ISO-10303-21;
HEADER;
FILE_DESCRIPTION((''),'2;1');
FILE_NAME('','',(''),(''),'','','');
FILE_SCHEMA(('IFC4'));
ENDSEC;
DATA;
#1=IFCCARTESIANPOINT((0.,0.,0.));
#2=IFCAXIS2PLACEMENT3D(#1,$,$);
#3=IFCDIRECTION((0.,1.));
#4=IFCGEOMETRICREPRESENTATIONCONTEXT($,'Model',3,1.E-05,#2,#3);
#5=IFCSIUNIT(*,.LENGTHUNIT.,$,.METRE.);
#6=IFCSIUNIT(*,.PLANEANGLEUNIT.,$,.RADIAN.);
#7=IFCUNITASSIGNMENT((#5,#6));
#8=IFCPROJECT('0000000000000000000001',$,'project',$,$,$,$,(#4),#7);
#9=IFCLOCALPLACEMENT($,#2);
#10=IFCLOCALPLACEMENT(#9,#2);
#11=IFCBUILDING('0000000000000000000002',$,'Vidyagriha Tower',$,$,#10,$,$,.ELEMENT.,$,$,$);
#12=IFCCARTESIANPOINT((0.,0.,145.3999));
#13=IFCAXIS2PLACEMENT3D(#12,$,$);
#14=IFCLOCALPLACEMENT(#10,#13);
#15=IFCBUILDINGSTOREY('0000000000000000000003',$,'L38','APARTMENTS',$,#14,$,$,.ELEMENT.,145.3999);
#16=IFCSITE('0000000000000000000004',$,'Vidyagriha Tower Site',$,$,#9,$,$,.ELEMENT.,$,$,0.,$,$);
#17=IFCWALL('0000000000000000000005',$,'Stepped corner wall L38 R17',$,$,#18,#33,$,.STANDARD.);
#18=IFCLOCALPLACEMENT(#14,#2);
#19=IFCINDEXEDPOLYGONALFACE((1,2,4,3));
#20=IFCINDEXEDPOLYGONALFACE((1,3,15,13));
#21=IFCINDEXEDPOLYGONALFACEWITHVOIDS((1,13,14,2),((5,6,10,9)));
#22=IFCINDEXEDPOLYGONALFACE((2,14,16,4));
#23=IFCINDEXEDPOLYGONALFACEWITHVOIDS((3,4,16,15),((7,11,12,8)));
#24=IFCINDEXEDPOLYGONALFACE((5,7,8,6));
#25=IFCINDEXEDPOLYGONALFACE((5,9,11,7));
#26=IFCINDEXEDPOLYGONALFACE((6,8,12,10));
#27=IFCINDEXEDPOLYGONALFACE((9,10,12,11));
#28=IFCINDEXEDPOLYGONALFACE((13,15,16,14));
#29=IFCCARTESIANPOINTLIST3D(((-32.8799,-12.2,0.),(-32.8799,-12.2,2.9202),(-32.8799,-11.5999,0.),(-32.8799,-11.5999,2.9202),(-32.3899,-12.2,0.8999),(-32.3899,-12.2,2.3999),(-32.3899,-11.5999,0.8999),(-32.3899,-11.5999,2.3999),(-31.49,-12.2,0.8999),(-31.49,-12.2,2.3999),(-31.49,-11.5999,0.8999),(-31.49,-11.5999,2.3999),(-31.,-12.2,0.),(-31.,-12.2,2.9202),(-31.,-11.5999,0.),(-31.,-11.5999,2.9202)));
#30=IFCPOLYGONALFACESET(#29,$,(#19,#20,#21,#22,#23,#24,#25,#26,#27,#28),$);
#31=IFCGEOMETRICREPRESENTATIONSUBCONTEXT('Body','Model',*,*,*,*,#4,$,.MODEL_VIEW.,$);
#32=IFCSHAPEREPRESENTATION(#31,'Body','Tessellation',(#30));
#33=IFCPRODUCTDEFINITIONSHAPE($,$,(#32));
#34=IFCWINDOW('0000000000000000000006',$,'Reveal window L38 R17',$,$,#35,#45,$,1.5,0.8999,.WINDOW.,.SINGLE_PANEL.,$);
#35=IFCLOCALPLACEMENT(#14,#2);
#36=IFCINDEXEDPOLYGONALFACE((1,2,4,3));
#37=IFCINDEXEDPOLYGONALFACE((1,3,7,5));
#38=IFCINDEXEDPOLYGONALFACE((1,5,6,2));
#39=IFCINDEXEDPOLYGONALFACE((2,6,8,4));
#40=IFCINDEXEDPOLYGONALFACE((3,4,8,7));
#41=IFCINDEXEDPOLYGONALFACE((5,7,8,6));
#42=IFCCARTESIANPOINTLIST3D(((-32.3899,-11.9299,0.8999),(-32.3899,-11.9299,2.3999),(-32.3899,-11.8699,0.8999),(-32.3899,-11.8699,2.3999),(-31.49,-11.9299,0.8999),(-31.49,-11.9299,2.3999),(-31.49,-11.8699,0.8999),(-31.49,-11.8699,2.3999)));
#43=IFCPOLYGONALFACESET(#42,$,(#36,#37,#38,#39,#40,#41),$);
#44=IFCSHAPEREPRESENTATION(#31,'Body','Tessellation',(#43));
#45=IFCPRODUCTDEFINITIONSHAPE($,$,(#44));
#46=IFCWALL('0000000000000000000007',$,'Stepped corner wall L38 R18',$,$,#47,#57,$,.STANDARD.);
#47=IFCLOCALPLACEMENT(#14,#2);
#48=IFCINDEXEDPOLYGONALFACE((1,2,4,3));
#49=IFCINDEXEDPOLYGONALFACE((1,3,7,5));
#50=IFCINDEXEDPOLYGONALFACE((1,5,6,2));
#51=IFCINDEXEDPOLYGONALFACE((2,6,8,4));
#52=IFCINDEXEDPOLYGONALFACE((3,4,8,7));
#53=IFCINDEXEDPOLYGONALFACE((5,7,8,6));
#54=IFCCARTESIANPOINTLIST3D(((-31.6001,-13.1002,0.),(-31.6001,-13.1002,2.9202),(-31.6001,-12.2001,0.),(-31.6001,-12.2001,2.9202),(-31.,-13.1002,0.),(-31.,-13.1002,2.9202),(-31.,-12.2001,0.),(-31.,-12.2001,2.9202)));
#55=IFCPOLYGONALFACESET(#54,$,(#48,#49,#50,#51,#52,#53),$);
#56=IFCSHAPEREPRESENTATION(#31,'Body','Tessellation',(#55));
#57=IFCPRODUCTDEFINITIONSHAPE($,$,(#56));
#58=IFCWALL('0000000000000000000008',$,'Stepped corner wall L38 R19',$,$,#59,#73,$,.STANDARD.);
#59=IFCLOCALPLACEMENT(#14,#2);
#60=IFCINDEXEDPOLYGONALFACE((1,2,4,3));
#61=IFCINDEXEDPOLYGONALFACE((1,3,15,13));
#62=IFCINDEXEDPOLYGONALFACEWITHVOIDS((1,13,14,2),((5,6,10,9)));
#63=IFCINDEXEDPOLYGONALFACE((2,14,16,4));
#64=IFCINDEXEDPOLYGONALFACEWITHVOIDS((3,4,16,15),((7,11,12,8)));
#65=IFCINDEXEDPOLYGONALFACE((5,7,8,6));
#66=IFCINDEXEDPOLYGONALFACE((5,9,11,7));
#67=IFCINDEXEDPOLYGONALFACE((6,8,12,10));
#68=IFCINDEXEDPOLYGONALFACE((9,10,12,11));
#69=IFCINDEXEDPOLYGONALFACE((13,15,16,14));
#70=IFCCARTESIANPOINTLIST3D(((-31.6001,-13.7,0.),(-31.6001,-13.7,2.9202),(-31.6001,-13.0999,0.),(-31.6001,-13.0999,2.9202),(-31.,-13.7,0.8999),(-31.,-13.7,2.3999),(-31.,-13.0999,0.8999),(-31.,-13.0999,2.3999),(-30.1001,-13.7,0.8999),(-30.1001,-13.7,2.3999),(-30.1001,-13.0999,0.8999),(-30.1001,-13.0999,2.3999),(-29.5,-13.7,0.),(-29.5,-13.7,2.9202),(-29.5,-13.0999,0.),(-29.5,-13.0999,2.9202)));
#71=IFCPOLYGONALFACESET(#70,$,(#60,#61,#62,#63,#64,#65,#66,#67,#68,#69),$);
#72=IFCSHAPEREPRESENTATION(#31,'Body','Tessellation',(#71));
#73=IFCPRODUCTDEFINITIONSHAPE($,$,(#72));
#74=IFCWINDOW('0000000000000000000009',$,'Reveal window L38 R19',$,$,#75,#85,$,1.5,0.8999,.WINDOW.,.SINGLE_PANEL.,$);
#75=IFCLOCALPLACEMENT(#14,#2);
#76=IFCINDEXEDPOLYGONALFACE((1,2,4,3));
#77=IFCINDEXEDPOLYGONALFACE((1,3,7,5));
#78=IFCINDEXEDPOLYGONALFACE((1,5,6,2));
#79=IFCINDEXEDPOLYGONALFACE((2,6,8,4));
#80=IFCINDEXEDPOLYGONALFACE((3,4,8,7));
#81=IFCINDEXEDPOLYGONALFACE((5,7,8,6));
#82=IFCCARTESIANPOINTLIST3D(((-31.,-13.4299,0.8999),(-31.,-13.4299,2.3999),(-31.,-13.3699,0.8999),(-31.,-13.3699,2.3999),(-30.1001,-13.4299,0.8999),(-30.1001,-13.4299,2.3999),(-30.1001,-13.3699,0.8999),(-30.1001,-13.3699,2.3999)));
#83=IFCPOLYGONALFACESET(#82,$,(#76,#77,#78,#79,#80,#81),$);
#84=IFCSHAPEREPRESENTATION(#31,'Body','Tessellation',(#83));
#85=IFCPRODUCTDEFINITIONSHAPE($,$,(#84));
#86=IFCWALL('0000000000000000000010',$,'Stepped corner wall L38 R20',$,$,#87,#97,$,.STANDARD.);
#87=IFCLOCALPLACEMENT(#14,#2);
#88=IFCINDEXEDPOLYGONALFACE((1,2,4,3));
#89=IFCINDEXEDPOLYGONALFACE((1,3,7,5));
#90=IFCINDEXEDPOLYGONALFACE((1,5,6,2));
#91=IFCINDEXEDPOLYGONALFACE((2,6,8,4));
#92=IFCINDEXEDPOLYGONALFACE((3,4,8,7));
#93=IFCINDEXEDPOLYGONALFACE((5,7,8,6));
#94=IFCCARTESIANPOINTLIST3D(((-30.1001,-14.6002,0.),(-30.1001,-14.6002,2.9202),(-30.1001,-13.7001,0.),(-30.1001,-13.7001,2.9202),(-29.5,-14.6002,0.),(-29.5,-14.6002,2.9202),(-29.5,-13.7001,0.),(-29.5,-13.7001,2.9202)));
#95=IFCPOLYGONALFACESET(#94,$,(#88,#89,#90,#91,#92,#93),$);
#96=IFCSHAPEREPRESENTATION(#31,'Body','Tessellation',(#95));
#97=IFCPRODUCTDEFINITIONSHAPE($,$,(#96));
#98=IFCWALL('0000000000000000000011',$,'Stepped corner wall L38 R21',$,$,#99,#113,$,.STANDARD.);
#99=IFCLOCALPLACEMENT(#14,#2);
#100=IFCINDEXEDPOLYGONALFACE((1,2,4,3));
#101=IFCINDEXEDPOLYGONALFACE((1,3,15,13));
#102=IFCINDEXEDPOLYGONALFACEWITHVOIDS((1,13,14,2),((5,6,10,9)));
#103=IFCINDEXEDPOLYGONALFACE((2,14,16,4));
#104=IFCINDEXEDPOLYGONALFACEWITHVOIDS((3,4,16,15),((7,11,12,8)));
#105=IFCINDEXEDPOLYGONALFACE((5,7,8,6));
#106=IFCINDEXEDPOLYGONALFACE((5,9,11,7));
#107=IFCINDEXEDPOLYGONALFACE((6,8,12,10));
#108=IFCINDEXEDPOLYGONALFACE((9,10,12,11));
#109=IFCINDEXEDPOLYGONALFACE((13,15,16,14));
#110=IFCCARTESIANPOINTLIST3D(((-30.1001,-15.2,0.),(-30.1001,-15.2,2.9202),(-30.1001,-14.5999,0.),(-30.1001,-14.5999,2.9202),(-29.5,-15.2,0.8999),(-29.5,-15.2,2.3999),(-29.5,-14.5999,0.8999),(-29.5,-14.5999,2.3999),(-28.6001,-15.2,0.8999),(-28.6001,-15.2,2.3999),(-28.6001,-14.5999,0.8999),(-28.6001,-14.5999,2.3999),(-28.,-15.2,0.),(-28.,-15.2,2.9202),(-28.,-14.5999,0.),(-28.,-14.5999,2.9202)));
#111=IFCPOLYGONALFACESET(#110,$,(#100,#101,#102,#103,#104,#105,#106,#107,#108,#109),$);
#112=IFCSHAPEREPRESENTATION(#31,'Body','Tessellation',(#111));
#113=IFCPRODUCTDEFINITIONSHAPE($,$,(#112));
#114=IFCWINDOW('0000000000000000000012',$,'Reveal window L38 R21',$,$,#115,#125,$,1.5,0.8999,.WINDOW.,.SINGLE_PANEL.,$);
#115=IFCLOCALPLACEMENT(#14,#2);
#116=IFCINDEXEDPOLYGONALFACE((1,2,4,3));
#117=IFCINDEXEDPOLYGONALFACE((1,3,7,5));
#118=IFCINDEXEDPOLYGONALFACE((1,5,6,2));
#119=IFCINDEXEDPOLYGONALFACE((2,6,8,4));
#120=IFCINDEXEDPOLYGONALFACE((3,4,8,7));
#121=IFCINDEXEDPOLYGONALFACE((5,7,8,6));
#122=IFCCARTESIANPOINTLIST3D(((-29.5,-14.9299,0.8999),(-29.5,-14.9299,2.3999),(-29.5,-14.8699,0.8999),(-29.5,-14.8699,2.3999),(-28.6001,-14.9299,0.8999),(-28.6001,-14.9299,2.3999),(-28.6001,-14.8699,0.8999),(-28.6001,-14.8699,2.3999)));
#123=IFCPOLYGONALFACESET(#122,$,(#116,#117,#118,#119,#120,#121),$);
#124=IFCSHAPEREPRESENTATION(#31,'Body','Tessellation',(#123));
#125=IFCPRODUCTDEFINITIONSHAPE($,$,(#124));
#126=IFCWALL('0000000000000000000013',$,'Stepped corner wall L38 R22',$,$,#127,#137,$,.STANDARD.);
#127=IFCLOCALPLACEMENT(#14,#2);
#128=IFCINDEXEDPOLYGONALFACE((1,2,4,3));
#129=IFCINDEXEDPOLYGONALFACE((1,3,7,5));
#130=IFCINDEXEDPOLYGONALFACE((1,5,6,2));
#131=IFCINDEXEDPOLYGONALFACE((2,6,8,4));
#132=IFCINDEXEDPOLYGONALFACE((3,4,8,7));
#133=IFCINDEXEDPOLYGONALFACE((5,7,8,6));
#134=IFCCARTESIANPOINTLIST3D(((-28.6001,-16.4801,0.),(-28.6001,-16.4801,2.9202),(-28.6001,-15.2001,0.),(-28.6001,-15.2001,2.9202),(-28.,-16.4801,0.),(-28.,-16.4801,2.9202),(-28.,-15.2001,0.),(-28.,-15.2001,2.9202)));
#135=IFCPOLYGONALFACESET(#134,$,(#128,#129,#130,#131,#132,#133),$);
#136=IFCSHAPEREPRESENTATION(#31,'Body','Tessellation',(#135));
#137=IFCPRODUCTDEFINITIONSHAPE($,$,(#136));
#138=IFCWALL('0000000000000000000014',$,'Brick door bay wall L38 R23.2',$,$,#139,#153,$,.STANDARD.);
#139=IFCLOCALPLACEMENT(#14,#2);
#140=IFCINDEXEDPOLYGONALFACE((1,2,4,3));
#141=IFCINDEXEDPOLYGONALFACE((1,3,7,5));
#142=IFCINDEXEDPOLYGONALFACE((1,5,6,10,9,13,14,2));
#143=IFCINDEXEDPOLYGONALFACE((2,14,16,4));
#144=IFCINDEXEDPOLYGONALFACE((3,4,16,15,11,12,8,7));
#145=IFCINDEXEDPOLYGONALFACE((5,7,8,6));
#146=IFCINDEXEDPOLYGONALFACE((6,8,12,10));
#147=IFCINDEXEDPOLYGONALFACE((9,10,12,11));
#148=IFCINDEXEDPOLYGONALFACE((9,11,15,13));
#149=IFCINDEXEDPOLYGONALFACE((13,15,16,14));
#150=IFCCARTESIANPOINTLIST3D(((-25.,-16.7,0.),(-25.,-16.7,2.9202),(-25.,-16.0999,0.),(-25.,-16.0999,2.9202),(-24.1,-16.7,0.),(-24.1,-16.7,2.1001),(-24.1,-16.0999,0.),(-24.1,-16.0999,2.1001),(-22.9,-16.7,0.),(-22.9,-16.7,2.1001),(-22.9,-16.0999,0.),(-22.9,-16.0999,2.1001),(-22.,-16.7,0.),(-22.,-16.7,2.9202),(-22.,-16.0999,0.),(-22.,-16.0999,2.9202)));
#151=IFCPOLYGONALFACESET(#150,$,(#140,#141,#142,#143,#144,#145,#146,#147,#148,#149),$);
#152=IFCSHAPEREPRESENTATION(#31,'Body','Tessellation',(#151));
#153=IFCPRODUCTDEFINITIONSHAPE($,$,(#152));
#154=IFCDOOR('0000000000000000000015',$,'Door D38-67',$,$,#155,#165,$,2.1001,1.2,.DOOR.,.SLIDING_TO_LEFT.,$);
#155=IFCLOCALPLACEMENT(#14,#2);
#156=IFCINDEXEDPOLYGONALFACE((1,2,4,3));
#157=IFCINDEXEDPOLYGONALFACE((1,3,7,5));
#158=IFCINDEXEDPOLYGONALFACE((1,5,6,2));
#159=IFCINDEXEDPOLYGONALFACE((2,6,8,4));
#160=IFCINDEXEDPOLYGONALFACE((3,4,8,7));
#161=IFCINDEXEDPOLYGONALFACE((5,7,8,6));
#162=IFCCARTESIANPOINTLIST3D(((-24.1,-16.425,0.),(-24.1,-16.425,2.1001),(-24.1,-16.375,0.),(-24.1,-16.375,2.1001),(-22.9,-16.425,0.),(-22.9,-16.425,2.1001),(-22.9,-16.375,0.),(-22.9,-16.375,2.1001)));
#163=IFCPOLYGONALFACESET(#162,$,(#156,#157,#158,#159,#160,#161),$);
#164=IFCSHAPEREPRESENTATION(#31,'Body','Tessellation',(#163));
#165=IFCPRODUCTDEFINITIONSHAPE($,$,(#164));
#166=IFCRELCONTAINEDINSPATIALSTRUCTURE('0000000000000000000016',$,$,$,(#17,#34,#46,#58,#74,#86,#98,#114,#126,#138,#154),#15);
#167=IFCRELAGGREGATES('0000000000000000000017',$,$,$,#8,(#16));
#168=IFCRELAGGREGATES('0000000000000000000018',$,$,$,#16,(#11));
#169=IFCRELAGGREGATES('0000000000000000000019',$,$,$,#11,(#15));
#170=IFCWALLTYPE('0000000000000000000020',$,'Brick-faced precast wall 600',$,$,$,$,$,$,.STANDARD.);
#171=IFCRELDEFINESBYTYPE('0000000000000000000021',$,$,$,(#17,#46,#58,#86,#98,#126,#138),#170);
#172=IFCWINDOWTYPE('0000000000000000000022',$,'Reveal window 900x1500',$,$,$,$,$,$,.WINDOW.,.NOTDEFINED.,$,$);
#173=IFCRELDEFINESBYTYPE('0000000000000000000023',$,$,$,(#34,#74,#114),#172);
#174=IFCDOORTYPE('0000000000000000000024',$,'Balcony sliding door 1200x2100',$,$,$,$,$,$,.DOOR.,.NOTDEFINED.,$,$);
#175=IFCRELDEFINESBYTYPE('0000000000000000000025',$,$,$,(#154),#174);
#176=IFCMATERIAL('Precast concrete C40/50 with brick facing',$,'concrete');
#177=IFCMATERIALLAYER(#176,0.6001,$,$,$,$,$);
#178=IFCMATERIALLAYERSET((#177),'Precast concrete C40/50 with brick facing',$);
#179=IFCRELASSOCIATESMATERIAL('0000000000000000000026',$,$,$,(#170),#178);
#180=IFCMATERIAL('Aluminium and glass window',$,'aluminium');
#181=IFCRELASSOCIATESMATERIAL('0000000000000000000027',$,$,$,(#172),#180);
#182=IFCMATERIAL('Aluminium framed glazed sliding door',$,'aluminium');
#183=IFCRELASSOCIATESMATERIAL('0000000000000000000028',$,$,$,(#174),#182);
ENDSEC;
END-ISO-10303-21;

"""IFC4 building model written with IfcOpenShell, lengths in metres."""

from ifc_helpers import new_model, si_unit, direction, frame, frame_2d, origin, place, context, subcontext, project, spatial, rectangle, extrude, material, layer, layer_set, type_object, element, fill, save


model = new_model("IFC4")

# Units and contexts
model_context = context("Model", 3, precision=1e-05, world=origin(), true_north=direction((0.0, 1.0)))
body_context = subcontext(model_context, "Body", "Model", "MODEL_VIEW")
ifc_project = project(units=[si_unit("LENGTHUNIT", "METRE"), si_unit("PLANEANGLEUNIT", "RADIAN")], contexts=[model_context])

# Site, building, storey
site_placement = place(None, origin())
site = spatial("IfcSite", under=ifc_project, at=site_placement, Name="Vidyagriha Tower Site", CompositionType="ELEMENT", RefElevation=0.0)
building_placement = place(site_placement, origin())
building = spatial("IfcBuilding", under=site, at=building_placement, Name="Vidyagriha Tower", CompositionType="ELEMENT")
storey_placement = place(building_placement, frame((0.0, 0.0, 145.3999)))
storey = spatial("IfcBuildingStorey", under=building, at=storey_placement, Name="L38", Description="APARTMENTS", CompositionType="ELEMENT", Elevation=145.3999)

# Wall, opening, window
ifc_material_1 = material(Name="Precast concrete C40/50 with brick facing", Category="concrete")
ifc_layer_1 = layer(ifc_material_1, 0.6001)
ifc_layer_set_1 = layer_set([ifc_layer_1], Name="Precast concrete C40/50 with brick facing")
wall_type = type_object("IfcWallType", Name="Brick-faced precast wall 600", PredefinedType="STANDARD", material=ifc_layer_set_1)
wall_1_placement = place(storey_placement, frame((-32.8799, -11.8999, 0.0)))
wall_1 = element("IfcWall", 1, at=wall_1_placement, inside=storey, type_object=wall_type, Name="Stepped corner wall L38 R17", PredefinedType="STANDARD", context=body_context, shape_type="SweptSolid", body=[
    extrude(rectangle(XDim=1.8799, YDim=0.6001, at=frame_2d((0.9399, 0.0))), origin(), (0.0, 0.0, 1.0), 2.9202),
])
opening_1_placement = place(wall_1_placement, frame((0.49, 0.0, 0.8999)))
opening_1 = element("IfcOpeningElement", 2, at=opening_1_placement, cuts=wall_1, PredefinedType="OPENING", context=body_context, shape_type="SweptSolid", body=[
    extrude(rectangle(XDim=0.8999, YDim=1.5, at=frame_2d((0.45, 0.75))), frame((0.0, 0.3101, 0.0), z_axis=(0.0, -1.0, 0.0), x_axis=(1.0, 0.0, 0.0)), (0.0, 0.0, 1.0), 0.6201),
])
ifc_material_2 = material(Name="Aluminium and glass window", Category="aluminium")
window_type = type_object("IfcWindowType", Name="Reveal window 900x1500", PartitioningType="NOTDEFINED", PredefinedType="WINDOW", material=ifc_material_2)
window_1_placement = place(opening_1_placement, origin())
window_1 = element("IfcWindow", 3, at=window_1_placement, inside=storey, type_object=window_type, Name="Reveal window L38 R17", OverallHeight=1.5, OverallWidth=0.8999, PartitioningType="SINGLE_PANEL", PredefinedType="WINDOW", context=body_context, shape_type="SweptSolid", body=[
    extrude(rectangle(XDim=0.8999, YDim=1.5, at=frame_2d((0.45, 0.75))), frame((0.0, 0.03, 0.0), z_axis=(0.0, -1.0, 0.0), x_axis=(1.0, 0.0, 0.0)), (0.0, 0.0, 1.0), 0.0601),
])
fill(opening_1, window_1)

# Wall
wall_2_placement = place(storey_placement, frame((-31.3, -12.2, 0.0), z_axis=(0.0, 0.0, 1.0), x_axis=(0.0, -1.0, 0.0)))
element("IfcWall", 4, at=wall_2_placement, inside=storey, type_object=wall_type, Name="Stepped corner wall L38 R18", PredefinedType="STANDARD", context=body_context, shape_type="SweptSolid", body=[
    extrude(rectangle(XDim=0.9001, YDim=0.6001, at=frame_2d((0.4502, 0.0))), origin(), (0.0, 0.0, 1.0), 2.9202),
])

# Wall, opening, window
wall_3_placement = place(storey_placement, frame((-31.6001, -13.3999, 0.0)))
wall_3 = element("IfcWall", 5, at=wall_3_placement, inside=storey, type_object=wall_type, Name="Stepped corner wall L38 R19", PredefinedType="STANDARD", context=body_context, shape_type="SweptSolid", body=[
    extrude(rectangle(XDim=2.1001, YDim=0.6001, at=frame_2d((1.05, 0.0))), origin(), (0.0, 0.0, 1.0), 2.9202),
])
opening_2_placement = place(wall_3_placement, frame((0.6001, 0.0, 0.8999)))
opening_2 = element("IfcOpeningElement", 6, at=opening_2_placement, cuts=wall_3, PredefinedType="OPENING", context=body_context, shape_type="SweptSolid", body=[
    extrude(rectangle(XDim=0.8999, YDim=1.5, at=frame_2d((0.45, 0.75))), frame((0.0, 0.3101, 0.0), z_axis=(0.0, -1.0, 0.0), x_axis=(1.0, 0.0, 0.0)), (0.0, 0.0, 1.0), 0.6201),
])
window_2_placement = place(opening_2_placement, origin())
window_2 = element("IfcWindow", 7, at=window_2_placement, inside=storey, type_object=window_type, Name="Reveal window L38 R19", OverallHeight=1.5, OverallWidth=0.8999, PartitioningType="SINGLE_PANEL", PredefinedType="WINDOW", context=body_context, shape_type="SweptSolid", body=[
    extrude(rectangle(XDim=0.8999, YDim=1.5, at=frame_2d((0.45, 0.75))), frame((0.0, 0.03, 0.0), z_axis=(0.0, -1.0, 0.0), x_axis=(1.0, 0.0, 0.0)), (0.0, 0.0, 1.0), 0.0601),
])
fill(opening_2, window_2)

# Wall
wall_4_placement = place(storey_placement, frame((-29.8, -13.7, 0.0), z_axis=(0.0, 0.0, 1.0), x_axis=(0.0, -1.0, 0.0)))
element("IfcWall", 8, at=wall_4_placement, inside=storey, type_object=wall_type, Name="Stepped corner wall L38 R20", PredefinedType="STANDARD", context=body_context, shape_type="SweptSolid", body=[
    extrude(rectangle(XDim=0.9001, YDim=0.6001, at=frame_2d((0.4502, 0.0))), origin(), (0.0, 0.0, 1.0), 2.9202),
])

# Wall, opening, window
wall_5_placement = place(storey_placement, frame((-30.1001, -14.8999, 0.0)))
wall_5 = element("IfcWall", 9, at=wall_5_placement, inside=storey, type_object=wall_type, Name="Stepped corner wall L38 R21", PredefinedType="STANDARD", context=body_context, shape_type="SweptSolid", body=[
    extrude(rectangle(XDim=2.1001, YDim=0.6001, at=frame_2d((1.05, 0.0))), origin(), (0.0, 0.0, 1.0), 2.9202),
])
opening_3_placement = place(wall_5_placement, frame((0.6001, 0.0, 0.8999)))
opening_3 = element("IfcOpeningElement", 10, at=opening_3_placement, cuts=wall_5, PredefinedType="OPENING", context=body_context, shape_type="SweptSolid", body=[
    extrude(rectangle(XDim=0.8999, YDim=1.5, at=frame_2d((0.45, 0.75))), frame((0.0, 0.3101, 0.0), z_axis=(0.0, -1.0, 0.0), x_axis=(1.0, 0.0, 0.0)), (0.0, 0.0, 1.0), 0.6201),
])
window_3_placement = place(opening_3_placement, origin())
window_3 = element("IfcWindow", 11, at=window_3_placement, inside=storey, type_object=window_type, Name="Reveal window L38 R21", OverallHeight=1.5, OverallWidth=0.8999, PartitioningType="SINGLE_PANEL", PredefinedType="WINDOW", context=body_context, shape_type="SweptSolid", body=[
    extrude(rectangle(XDim=0.8999, YDim=1.5, at=frame_2d((0.45, 0.75))), frame((0.0, 0.03, 0.0), z_axis=(0.0, -1.0, 0.0), x_axis=(1.0, 0.0, 0.0)), (0.0, 0.0, 1.0), 0.0601),
])
fill(opening_3, window_3)

# Wall
wall_6_placement = place(storey_placement, frame((-28.3, -15.2, 0.0), z_axis=(0.0, 0.0, 1.0), x_axis=(0.0, -1.0, 0.0)))
element("IfcWall", 12, at=wall_6_placement, inside=storey, type_object=wall_type, Name="Stepped corner wall L38 R22", PredefinedType="STANDARD", context=body_context, shape_type="SweptSolid", body=[
    extrude(rectangle(XDim=1.28, YDim=0.6001, at=frame_2d((0.6401, 0.0))), origin(), (0.0, 0.0, 1.0), 2.9202),
])

# Wall, opening, door
wall_7_placement = place(storey_placement, frame((-25.0, -16.3999, 0.0)))
wall_7 = element("IfcWall", 13, at=wall_7_placement, inside=storey, type_object=wall_type, Name="Brick door bay wall L38 R23.2", PredefinedType="STANDARD", context=body_context, shape_type="SweptSolid", body=[
    extrude(rectangle(XDim=3.0, YDim=0.6001, at=frame_2d((1.5, 0.0))), origin(), (0.0, 0.0, 1.0), 2.9202),
])
opening_4_placement = place(wall_7_placement, frame((0.8999, 0.0, 0.0)))
opening_4 = element("IfcOpeningElement", 14, at=opening_4_placement, cuts=wall_7, PredefinedType="OPENING", context=body_context, shape_type="SweptSolid", body=[
    extrude(rectangle(XDim=1.2, YDim=2.1001, at=frame_2d((0.6001, 1.05))), frame((0.0, 0.3101, 0.0), z_axis=(0.0, -1.0, 0.0), x_axis=(1.0, 0.0, 0.0)), (0.0, 0.0, 1.0), 0.6201),
])
ifc_material_3 = material(Name="Aluminium framed glazed sliding door", Category="aluminium")
door_type = type_object("IfcDoorType", Name="Balcony sliding door 1200x2100", OperationType="NOTDEFINED", PredefinedType="DOOR", material=ifc_material_3)
door_placement = place(opening_4_placement, origin())
door = element("IfcDoor", 15, at=door_placement, inside=storey, type_object=door_type, Name="Door D38-67", OperationType="SLIDING_TO_LEFT", OverallHeight=2.1001, OverallWidth=1.2, PredefinedType="DOOR", context=body_context, shape_type="SweptSolid", body=[
    extrude(rectangle(XDim=1.2, YDim=2.1001, at=frame_2d((0.6001, 1.05))), frame((0.0, 0.0249, 0.0), z_axis=(0.0, -1.0, 0.0), x_axis=(1.0, 0.0, 0.0)), (0.0, 0.0, 1.0), 0.05),
])
fill(opening_4, door)

save(model, "model.ifc")
